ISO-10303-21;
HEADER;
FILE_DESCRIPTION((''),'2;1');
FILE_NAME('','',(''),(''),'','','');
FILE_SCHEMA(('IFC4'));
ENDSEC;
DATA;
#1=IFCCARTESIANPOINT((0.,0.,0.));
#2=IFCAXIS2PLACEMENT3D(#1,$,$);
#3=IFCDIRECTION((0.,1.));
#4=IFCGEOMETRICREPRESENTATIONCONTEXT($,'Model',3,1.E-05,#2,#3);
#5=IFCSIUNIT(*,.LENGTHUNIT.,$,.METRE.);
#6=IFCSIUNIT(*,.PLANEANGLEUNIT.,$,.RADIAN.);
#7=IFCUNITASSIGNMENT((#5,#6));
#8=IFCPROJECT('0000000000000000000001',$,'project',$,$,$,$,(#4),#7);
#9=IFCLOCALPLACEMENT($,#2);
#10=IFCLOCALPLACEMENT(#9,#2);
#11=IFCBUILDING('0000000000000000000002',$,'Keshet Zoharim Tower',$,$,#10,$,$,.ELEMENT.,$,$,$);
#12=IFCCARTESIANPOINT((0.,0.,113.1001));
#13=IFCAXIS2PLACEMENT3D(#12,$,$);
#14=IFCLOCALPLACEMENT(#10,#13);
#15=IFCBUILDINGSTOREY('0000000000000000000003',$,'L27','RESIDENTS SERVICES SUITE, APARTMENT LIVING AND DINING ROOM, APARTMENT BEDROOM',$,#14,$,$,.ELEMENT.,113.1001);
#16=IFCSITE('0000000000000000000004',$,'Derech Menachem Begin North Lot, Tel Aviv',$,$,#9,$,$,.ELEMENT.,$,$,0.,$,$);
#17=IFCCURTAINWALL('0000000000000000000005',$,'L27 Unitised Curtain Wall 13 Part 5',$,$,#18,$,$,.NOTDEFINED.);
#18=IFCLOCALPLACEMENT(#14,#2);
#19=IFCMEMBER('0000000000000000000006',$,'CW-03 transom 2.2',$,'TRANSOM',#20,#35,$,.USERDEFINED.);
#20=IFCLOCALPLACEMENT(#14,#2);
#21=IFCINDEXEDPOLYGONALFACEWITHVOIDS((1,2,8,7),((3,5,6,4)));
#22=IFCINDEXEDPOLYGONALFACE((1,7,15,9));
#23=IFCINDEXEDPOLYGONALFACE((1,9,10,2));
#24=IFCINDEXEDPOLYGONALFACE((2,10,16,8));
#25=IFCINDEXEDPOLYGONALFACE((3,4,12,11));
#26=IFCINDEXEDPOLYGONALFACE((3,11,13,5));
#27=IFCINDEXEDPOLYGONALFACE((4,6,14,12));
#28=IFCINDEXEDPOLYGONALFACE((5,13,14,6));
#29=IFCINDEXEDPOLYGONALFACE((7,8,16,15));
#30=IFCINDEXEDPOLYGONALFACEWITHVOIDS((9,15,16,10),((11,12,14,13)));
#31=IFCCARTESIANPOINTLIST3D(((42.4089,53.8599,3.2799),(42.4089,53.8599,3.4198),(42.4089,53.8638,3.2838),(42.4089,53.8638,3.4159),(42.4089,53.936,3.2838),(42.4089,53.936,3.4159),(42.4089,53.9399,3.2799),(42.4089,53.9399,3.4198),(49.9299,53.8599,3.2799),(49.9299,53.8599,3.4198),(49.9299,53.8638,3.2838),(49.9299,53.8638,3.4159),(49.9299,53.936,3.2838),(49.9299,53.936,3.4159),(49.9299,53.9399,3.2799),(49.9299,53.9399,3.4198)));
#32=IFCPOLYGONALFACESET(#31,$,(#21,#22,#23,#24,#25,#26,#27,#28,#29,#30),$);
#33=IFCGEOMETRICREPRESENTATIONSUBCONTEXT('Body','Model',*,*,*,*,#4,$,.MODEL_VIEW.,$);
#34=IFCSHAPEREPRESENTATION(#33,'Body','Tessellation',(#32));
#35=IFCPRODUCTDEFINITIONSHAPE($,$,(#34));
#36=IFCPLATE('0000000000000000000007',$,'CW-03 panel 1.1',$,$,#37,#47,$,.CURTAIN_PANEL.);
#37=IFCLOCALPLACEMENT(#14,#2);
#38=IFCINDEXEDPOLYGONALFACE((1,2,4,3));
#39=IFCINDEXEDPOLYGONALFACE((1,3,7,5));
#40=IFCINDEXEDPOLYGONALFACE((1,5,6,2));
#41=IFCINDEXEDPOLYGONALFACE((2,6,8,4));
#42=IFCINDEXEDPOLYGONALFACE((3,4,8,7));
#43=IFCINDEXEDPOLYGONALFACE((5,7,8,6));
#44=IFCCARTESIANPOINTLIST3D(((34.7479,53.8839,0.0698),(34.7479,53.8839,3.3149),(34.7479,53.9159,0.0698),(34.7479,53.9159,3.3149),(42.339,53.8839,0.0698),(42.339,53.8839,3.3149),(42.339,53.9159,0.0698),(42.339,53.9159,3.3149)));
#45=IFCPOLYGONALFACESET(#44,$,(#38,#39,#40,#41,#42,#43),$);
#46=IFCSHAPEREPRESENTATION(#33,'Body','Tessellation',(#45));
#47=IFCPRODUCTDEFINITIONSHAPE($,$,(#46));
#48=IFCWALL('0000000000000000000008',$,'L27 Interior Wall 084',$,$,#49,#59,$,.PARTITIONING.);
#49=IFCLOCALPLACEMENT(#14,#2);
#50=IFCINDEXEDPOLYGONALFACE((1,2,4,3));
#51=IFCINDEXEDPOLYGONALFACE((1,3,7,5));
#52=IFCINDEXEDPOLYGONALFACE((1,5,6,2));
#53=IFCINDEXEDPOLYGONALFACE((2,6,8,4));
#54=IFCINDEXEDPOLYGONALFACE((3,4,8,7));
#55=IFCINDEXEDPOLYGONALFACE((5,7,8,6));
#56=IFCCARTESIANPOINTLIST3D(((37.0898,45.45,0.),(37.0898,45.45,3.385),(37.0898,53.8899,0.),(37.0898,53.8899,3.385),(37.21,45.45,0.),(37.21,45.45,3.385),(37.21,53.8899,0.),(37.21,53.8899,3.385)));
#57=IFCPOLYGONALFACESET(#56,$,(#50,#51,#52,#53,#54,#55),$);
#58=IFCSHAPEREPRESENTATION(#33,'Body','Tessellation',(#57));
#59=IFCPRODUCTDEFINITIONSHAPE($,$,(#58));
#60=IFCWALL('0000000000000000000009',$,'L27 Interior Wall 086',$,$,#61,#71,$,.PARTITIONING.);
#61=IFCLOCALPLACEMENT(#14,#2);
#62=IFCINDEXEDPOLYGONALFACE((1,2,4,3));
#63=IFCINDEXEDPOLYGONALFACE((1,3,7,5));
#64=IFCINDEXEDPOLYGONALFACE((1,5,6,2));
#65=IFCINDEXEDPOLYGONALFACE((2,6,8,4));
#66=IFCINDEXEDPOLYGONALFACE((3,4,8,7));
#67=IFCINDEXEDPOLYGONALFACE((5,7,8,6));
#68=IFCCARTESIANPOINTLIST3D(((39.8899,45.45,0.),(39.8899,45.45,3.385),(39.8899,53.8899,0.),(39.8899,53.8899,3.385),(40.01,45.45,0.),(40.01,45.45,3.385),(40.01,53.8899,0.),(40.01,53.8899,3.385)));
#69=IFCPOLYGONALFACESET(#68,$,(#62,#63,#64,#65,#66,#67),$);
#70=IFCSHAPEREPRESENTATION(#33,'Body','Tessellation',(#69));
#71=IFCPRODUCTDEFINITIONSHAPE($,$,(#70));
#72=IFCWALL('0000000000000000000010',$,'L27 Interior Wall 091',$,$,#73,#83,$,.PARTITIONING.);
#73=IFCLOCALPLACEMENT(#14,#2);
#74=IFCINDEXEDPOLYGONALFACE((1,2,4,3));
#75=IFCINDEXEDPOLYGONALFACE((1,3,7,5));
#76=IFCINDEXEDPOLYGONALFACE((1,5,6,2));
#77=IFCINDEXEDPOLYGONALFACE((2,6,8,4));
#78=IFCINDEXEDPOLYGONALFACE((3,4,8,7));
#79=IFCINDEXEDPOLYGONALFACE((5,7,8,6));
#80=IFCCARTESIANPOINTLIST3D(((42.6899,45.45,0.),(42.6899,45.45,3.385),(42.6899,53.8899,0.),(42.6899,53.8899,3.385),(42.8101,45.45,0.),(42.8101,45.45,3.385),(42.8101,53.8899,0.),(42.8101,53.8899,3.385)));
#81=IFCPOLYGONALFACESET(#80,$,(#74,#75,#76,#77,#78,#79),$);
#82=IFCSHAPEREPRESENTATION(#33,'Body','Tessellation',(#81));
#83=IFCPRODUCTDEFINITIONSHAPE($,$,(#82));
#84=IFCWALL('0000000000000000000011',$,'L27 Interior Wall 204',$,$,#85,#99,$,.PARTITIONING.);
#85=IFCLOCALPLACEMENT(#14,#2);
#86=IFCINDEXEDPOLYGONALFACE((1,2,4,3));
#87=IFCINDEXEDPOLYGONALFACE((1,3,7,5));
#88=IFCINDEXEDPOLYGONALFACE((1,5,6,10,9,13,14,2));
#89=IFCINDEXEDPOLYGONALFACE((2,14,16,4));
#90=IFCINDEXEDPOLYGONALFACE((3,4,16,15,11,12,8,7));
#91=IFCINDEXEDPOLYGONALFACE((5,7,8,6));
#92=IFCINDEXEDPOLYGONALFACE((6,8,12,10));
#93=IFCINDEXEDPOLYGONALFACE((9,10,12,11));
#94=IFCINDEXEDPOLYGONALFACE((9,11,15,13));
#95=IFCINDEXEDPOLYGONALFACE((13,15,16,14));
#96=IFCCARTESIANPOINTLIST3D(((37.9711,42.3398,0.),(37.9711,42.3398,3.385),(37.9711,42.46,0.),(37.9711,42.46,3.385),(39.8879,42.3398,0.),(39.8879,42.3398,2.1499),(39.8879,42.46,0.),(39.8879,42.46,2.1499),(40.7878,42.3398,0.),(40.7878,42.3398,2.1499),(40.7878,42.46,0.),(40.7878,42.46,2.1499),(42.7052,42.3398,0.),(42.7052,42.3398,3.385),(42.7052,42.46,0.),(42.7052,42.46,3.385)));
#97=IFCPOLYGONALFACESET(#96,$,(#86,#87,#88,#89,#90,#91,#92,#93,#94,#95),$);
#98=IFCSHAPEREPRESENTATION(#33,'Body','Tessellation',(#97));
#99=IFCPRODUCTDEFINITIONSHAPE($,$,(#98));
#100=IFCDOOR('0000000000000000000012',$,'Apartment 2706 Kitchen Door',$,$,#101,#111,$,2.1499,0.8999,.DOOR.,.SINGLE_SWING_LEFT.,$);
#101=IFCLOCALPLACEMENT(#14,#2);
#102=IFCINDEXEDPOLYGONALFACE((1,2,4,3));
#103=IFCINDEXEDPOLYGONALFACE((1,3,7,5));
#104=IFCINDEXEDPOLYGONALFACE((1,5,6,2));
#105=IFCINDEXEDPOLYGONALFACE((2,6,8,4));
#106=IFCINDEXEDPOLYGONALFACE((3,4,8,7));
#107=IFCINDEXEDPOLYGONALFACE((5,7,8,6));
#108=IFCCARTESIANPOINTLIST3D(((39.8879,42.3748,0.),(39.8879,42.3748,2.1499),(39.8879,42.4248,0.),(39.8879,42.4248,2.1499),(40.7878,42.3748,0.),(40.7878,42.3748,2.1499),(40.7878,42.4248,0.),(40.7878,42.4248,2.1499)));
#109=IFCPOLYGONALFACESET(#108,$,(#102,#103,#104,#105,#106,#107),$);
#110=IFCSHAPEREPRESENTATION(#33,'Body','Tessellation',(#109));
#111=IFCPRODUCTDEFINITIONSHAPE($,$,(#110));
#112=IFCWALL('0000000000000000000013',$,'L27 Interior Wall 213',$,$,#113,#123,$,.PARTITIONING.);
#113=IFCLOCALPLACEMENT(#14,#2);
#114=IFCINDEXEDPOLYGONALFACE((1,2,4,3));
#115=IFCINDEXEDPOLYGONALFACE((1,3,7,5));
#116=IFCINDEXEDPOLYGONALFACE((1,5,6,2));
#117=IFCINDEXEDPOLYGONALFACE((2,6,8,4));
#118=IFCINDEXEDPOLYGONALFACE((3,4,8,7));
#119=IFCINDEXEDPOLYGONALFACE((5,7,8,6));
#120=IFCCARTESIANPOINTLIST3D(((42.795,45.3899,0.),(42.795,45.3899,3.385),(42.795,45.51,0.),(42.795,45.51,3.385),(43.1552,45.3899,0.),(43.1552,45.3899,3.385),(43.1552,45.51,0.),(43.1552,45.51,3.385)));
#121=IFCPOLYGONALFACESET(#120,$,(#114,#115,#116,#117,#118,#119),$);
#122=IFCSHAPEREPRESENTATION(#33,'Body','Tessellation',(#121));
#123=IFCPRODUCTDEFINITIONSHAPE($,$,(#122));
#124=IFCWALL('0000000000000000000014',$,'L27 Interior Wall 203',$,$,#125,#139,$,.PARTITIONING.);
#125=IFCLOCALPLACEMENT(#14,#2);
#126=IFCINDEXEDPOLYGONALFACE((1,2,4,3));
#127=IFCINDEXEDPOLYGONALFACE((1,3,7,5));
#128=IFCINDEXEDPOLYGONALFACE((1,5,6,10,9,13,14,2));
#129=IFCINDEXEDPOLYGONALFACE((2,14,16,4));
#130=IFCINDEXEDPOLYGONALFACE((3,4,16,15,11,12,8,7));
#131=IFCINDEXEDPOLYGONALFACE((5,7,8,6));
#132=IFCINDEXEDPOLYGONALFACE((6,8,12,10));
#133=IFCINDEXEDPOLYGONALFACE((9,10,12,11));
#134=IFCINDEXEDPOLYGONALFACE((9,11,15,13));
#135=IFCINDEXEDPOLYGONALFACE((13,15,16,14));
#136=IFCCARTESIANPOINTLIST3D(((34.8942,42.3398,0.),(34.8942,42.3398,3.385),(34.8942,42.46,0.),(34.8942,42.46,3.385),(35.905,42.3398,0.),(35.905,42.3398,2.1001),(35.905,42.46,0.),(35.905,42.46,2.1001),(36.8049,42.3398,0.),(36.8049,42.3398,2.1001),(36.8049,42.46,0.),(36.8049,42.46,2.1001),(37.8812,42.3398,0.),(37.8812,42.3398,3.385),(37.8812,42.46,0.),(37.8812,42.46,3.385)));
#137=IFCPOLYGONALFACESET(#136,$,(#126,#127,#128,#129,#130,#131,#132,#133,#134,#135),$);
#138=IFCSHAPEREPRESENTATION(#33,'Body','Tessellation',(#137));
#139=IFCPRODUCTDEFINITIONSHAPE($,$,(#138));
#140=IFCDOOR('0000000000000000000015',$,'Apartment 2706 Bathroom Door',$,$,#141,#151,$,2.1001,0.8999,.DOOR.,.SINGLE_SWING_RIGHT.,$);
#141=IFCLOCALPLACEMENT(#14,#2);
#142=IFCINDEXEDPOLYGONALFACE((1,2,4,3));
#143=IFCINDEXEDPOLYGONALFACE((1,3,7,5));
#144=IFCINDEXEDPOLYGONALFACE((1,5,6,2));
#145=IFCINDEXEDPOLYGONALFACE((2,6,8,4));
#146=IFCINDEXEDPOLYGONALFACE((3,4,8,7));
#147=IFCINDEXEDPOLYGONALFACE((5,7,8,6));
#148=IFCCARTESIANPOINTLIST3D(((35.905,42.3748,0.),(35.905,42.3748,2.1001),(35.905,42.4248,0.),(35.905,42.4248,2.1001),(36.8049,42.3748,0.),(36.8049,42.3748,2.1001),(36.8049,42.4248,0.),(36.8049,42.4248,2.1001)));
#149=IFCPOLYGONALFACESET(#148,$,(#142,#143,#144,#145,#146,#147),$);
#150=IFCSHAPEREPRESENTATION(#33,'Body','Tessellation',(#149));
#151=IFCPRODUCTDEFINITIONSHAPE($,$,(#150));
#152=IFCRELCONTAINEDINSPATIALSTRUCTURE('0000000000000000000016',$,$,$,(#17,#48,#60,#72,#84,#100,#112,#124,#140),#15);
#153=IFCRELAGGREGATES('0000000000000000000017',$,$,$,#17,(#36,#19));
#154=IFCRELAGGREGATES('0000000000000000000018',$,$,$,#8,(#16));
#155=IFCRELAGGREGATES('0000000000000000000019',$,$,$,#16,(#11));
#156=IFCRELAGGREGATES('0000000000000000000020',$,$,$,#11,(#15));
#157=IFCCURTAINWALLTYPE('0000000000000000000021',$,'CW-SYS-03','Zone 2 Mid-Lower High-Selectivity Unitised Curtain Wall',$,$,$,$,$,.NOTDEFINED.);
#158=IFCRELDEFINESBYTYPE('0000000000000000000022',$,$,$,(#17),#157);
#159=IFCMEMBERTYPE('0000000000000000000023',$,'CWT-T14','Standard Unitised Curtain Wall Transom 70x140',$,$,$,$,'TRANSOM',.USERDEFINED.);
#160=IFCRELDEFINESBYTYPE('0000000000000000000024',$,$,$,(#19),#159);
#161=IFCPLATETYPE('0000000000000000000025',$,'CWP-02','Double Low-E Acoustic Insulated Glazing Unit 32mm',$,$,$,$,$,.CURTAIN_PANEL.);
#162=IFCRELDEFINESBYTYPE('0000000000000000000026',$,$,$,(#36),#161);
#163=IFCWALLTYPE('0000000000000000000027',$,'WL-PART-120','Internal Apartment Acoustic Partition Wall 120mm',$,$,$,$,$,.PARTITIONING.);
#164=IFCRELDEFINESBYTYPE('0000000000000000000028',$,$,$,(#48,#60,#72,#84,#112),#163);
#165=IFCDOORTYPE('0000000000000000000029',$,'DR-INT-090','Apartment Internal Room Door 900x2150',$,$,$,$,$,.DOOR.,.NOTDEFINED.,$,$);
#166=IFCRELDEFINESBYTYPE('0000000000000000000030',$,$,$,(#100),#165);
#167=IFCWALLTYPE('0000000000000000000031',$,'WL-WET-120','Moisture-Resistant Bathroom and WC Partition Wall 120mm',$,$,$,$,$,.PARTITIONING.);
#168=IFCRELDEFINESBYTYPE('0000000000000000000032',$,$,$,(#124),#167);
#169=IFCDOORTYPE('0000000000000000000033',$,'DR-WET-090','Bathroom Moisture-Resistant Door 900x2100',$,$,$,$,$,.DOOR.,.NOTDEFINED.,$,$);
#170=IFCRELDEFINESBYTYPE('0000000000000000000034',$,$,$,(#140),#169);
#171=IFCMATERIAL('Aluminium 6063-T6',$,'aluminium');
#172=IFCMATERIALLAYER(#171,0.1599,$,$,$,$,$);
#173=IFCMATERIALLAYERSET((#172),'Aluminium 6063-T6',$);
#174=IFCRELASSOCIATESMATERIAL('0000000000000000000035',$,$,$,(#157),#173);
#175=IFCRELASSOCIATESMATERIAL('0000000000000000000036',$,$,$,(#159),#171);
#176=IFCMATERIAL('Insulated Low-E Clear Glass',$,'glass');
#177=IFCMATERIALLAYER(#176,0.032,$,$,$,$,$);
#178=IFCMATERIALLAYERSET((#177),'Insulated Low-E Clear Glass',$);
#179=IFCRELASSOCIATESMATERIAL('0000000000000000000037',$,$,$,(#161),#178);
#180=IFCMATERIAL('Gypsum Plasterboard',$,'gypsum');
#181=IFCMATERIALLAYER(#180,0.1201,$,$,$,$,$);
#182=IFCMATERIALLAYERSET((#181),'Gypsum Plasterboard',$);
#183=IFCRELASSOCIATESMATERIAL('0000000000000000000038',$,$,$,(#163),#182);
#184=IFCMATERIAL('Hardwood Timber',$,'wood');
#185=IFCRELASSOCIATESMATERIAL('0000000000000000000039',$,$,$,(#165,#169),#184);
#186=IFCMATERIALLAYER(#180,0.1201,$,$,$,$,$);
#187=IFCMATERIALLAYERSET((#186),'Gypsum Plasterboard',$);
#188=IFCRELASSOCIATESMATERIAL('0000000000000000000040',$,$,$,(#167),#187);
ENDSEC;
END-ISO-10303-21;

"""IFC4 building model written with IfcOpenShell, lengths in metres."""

from ifc_helpers import new_model, si_unit, direction, frame, frame_2d, origin, origin_2d, place, context, subcontext, project, spatial, rectangle, hollow_rectangle, extrude, material, layer, layer_set, material_profile, profile_set, type_object, element, fill, aggregate, save


model = new_model("IFC4")

# Units and contexts
model_context = context("Model", 3, precision=1e-05, world=origin(), true_north=direction((0.0, 1.0)))
body_context = subcontext(model_context, "Body", "Model", "MODEL_VIEW")
ifc_project = project(units=[si_unit("LENGTHUNIT", "METRE"), si_unit("PLANEANGLEUNIT", "RADIAN")], contexts=[model_context])

# Site, building, storey
site_placement = place(None, origin())
site = spatial("IfcSite", under=ifc_project, at=site_placement, Name="Derech Menachem Begin North Lot, Tel Aviv", CompositionType="ELEMENT", RefElevation=0.0)
building_placement = place(site_placement, origin())
building = spatial("IfcBuilding", under=site, at=building_placement, Name="Keshet Zoharim Tower", CompositionType="ELEMENT")
storey_placement = place(building_placement, frame((0.0, 0.0, 113.1001)))
storey = spatial("IfcBuildingStorey", under=building, at=storey_placement, Name="L27", Description="RESIDENTS SERVICES SUITE, APARTMENT LIVING AND DINING ROOM, APARTMENT BEDROOM", CompositionType="ELEMENT", Elevation=113.1001)

# Shared definitions
ifc_material_1 = material(Name="Aluminium 6063-T6", Category="aluminium")
ifc_layer_1 = layer(ifc_material_1, 0.1599)
ifc_layer_set_1 = layer_set([ifc_layer_1], Name="Aluminium 6063-T6")
curtain_wall_type = type_object("IfcCurtainWallType", Name="CW-SYS-03", Description="Zone 2 Mid-Lower High-Selectivity Unitised Curtain Wall", PredefinedType="NOTDEFINED", material=ifc_layer_set_1)

# Curtain wall, member, plate
curtain_wall_1_placement = place(storey_placement, origin())
curtain_wall_1 = element("IfcCurtainWall", 1, at=curtain_wall_1_placement, inside=storey, type_object=curtain_wall_type, Name="L27 Unitised Curtain Wall 13 Part 5", PredefinedType="NOTDEFINED")
ifc_material_profile_1 = material_profile(ifc_material_1, hollow_rectangle(XDim=0.0801, YDim=0.1399, WallThickness=0.0039, at=origin_2d()), Name="TRN-80x140")
ifc_profile_set_1 = profile_set([ifc_material_profile_1], Name="Aluminium 6063-T6")
member_type_1 = type_object("IfcMemberType", Name="CWT-T14", Description="Standard Unitised Curtain Wall Transom 70x140", ElementType="TRANSOM", PredefinedType="USERDEFINED", material=ifc_profile_set_1)
member_1_placement = place(storey_placement, frame((42.4089, 53.8999, 3.3499), z_axis=(1.0, 0.0, 0.0), x_axis=(0.0, 1.0, 0.0)))
member_1 = element("IfcMember", 2, at=member_1_placement, type_object=member_type_1, Name="CW-03 transom 2.2", ObjectType="TRANSOM", PredefinedType="USERDEFINED", context=body_context, shape_type="SweptSolid", body=[
    extrude(hollow_rectangle(XDim=0.0801, YDim=0.1399, WallThickness=0.0039, at=origin_2d()), origin(), (0.0, 0.0, 1.0), 7.521),
])
ifc_material_2 = material(Name="Insulated Low-E Clear Glass", Category="glass")
ifc_layer_2 = layer(ifc_material_2, 0.032)
ifc_layer_set_2 = layer_set([ifc_layer_2], Name="Insulated Low-E Clear Glass")
plate_type = type_object("IfcPlateType", Name="CWP-02", Description="Double Low-E Acoustic Insulated Glazing Unit 32mm", PredefinedType="CURTAIN_PANEL", material=ifc_layer_set_2)
plate_placement = place(storey_placement, frame((38.5435, 53.8999, 0.0698), z_axis=(0.0, 0.0, 1.0), x_axis=(1.0, 0.0, 0.0)))
plate = element("IfcPlate", 3, at=plate_placement, type_object=plate_type, Name="CW-03 panel 1.1", PredefinedType="CURTAIN_PANEL", context=body_context, shape_type="SweptSolid", body=[
    extrude(rectangle(XDim=7.5911, YDim=0.032, at=origin_2d()), origin(), (0.0, 0.0, 1.0), 3.2451),
])
aggregate(curtain_wall_1, [plate, member_1])

# Walls
ifc_material_3 = material(Name="Gypsum Plasterboard", Category="gypsum")
ifc_layer_3 = layer(ifc_material_3, 0.1201)
ifc_layer_set_3 = layer_set([ifc_layer_3], Name="Gypsum Plasterboard")
wall_type_1 = type_object("IfcWallType", Name="WL-PART-120", Description="Internal Apartment Acoustic Partition Wall 120mm", PredefinedType="PARTITIONING", material=ifc_layer_set_3)
for number, where, z_axis, x_axis, name in (
    (4, (37.1499, 45.45, 0.0), (0.0, 0.0, 1.0), (0.0, 1.0, 0.0), "L27 Interior Wall 084"),
    (5, (39.95, 45.45, 0.0), (0.0, 0.0, 1.0), (0.0, 1.0, 0.0), "L27 Interior Wall 086"),
    (6, (42.75, 45.45, 0.0), (0.0, 0.0, 1.0), (0.0, 1.0, 0.0), "L27 Interior Wall 091"),
):
    element("IfcWall", number, at=place(storey_placement, frame(where, z_axis=z_axis, x_axis=x_axis)), inside=storey, type_object=wall_type_1, Name=name, PredefinedType="PARTITIONING", context=body_context, shape_type="SweptSolid", body=[
        extrude(rectangle(XDim=8.4399, YDim=0.1201, at=frame_2d((4.22, 0.0))), origin(), (0.0, 0.0, 1.0), 3.385),
    ])

# Wall, opening, door
wall_1_placement = place(storey_placement, frame((37.9709, 42.3999, 0.0), z_axis=(0.0, 0.0, 1.0), x_axis=(1.0, 0.0, 0.0)))
wall_1 = element("IfcWall", 7, at=wall_1_placement, inside=storey, type_object=wall_type_1, Name="L27 Interior Wall 204", PredefinedType="PARTITIONING", context=body_context, shape_type="SweptSolid", body=[
    extrude(rectangle(XDim=4.7341, YDim=0.1201, at=frame_2d((2.3672, 0.0))), origin(), (0.0, 0.0, 1.0), 3.385),
])
opening_1_placement = place(wall_1_placement, frame((1.917, 0.0, 0.0)))
opening_1 = element("IfcOpeningElement", 8, at=opening_1_placement, cuts=wall_1, PredefinedType="OPENING", context=body_context, shape_type="SweptSolid", body=[
    extrude(rectangle(XDim=0.8999, YDim=2.1499, at=frame_2d((0.45, 1.075))), frame((0.0, 0.0701, 0.0), z_axis=(0.0, -1.0, 0.0), x_axis=(1.0, 0.0, 0.0)), (0.0, 0.0, 1.0), 0.1401),
])
ifc_material_4 = material(Name="Hardwood Timber", Category="wood")
door_type_1 = type_object("IfcDoorType", Name="DR-INT-090", Description="Apartment Internal Room Door 900x2150", OperationType="NOTDEFINED", PredefinedType="DOOR", material=ifc_material_4)
door_1_placement = place(opening_1_placement, origin())
door_1 = element("IfcDoor", 9, at=door_1_placement, inside=storey, type_object=door_type_1, Name="Apartment 2706 Kitchen Door", OperationType="SINGLE_SWING_LEFT", OverallHeight=2.1499, OverallWidth=0.8999, PredefinedType="DOOR", context=body_context, shape_type="SweptSolid", body=[
    extrude(rectangle(XDim=0.8999, YDim=2.1499, at=frame_2d((0.45, 1.075))), frame((0.0, 0.0249, 0.0), z_axis=(0.0, -1.0, 0.0), x_axis=(1.0, 0.0, 0.0)), (0.0, 0.0, 1.0), 0.05),
])
fill(opening_1, door_1)

# Wall
wall_2_placement = place(storey_placement, frame((42.7949, 45.45, 0.0), z_axis=(0.0, 0.0, 1.0), x_axis=(1.0, 0.0, 0.0)))
element("IfcWall", 10, at=wall_2_placement, inside=storey, type_object=wall_type_1, Name="L27 Interior Wall 213", PredefinedType="PARTITIONING", context=body_context, shape_type="SweptSolid", body=[
    extrude(rectangle(XDim=0.3601, YDim=0.1201, at=frame_2d((0.1802, 0.0))), origin(), (0.0, 0.0, 1.0), 3.385),
])

# Wall, opening, door
ifc_layer_4 = layer(ifc_material_3, 0.1201)
ifc_layer_set_4 = layer_set([ifc_layer_4], Name="Gypsum Plasterboard")
wall_type_2 = type_object("IfcWallType", Name="WL-WET-120", Description="Moisture-Resistant Bathroom and WC Partition Wall 120mm", PredefinedType="PARTITIONING", material=ifc_layer_set_4)
wall_3_placement = place(storey_placement, frame((34.894, 42.3999, 0.0), z_axis=(0.0, 0.0, 1.0), x_axis=(1.0, 0.0, 0.0)))
wall_3 = element("IfcWall", 11, at=wall_3_placement, inside=storey, type_object=wall_type_2, Name="L27 Interior Wall 203", PredefinedType="PARTITIONING", context=body_context, shape_type="SweptSolid", body=[
    extrude(rectangle(XDim=2.9871, YDim=0.1201, at=frame_2d((1.4937, 0.0))), origin(), (0.0, 0.0, 1.0), 3.385),
])
opening_2_placement = place(wall_3_placement, frame((1.011, 0.0, 0.0)))
opening_2 = element("IfcOpeningElement", 12, at=opening_2_placement, cuts=wall_3, PredefinedType="OPENING", context=body_context, shape_type="SweptSolid", body=[
    extrude(rectangle(XDim=0.8999, YDim=2.1001, at=frame_2d((0.45, 1.05))), frame((0.0, 0.0701, 0.0), z_axis=(0.0, -1.0, 0.0), x_axis=(1.0, 0.0, 0.0)), (0.0, 0.0, 1.0), 0.1401),
])
door_type_2 = type_object("IfcDoorType", Name="DR-WET-090", Description="Bathroom Moisture-Resistant Door 900x2100", OperationType="NOTDEFINED", PredefinedType="DOOR", material=ifc_material_4)
door_2_placement = place(opening_2_placement, origin())
door_2 = element("IfcDoor", 13, at=door_2_placement, inside=storey, type_object=door_type_2, Name="Apartment 2706 Bathroom Door", OperationType="SINGLE_SWING_RIGHT", OverallHeight=2.1001, OverallWidth=0.8999, PredefinedType="DOOR", context=body_context, shape_type="SweptSolid", body=[
    extrude(rectangle(XDim=0.8999, YDim=2.1001, at=frame_2d((0.45, 1.05))), frame((0.0, 0.0249, 0.0), z_axis=(0.0, -1.0, 0.0), x_axis=(1.0, 0.0, 0.0)), (0.0, 0.0, 1.0), 0.05),
])
fill(opening_2, door_2)

save(model, "model.ifc")
